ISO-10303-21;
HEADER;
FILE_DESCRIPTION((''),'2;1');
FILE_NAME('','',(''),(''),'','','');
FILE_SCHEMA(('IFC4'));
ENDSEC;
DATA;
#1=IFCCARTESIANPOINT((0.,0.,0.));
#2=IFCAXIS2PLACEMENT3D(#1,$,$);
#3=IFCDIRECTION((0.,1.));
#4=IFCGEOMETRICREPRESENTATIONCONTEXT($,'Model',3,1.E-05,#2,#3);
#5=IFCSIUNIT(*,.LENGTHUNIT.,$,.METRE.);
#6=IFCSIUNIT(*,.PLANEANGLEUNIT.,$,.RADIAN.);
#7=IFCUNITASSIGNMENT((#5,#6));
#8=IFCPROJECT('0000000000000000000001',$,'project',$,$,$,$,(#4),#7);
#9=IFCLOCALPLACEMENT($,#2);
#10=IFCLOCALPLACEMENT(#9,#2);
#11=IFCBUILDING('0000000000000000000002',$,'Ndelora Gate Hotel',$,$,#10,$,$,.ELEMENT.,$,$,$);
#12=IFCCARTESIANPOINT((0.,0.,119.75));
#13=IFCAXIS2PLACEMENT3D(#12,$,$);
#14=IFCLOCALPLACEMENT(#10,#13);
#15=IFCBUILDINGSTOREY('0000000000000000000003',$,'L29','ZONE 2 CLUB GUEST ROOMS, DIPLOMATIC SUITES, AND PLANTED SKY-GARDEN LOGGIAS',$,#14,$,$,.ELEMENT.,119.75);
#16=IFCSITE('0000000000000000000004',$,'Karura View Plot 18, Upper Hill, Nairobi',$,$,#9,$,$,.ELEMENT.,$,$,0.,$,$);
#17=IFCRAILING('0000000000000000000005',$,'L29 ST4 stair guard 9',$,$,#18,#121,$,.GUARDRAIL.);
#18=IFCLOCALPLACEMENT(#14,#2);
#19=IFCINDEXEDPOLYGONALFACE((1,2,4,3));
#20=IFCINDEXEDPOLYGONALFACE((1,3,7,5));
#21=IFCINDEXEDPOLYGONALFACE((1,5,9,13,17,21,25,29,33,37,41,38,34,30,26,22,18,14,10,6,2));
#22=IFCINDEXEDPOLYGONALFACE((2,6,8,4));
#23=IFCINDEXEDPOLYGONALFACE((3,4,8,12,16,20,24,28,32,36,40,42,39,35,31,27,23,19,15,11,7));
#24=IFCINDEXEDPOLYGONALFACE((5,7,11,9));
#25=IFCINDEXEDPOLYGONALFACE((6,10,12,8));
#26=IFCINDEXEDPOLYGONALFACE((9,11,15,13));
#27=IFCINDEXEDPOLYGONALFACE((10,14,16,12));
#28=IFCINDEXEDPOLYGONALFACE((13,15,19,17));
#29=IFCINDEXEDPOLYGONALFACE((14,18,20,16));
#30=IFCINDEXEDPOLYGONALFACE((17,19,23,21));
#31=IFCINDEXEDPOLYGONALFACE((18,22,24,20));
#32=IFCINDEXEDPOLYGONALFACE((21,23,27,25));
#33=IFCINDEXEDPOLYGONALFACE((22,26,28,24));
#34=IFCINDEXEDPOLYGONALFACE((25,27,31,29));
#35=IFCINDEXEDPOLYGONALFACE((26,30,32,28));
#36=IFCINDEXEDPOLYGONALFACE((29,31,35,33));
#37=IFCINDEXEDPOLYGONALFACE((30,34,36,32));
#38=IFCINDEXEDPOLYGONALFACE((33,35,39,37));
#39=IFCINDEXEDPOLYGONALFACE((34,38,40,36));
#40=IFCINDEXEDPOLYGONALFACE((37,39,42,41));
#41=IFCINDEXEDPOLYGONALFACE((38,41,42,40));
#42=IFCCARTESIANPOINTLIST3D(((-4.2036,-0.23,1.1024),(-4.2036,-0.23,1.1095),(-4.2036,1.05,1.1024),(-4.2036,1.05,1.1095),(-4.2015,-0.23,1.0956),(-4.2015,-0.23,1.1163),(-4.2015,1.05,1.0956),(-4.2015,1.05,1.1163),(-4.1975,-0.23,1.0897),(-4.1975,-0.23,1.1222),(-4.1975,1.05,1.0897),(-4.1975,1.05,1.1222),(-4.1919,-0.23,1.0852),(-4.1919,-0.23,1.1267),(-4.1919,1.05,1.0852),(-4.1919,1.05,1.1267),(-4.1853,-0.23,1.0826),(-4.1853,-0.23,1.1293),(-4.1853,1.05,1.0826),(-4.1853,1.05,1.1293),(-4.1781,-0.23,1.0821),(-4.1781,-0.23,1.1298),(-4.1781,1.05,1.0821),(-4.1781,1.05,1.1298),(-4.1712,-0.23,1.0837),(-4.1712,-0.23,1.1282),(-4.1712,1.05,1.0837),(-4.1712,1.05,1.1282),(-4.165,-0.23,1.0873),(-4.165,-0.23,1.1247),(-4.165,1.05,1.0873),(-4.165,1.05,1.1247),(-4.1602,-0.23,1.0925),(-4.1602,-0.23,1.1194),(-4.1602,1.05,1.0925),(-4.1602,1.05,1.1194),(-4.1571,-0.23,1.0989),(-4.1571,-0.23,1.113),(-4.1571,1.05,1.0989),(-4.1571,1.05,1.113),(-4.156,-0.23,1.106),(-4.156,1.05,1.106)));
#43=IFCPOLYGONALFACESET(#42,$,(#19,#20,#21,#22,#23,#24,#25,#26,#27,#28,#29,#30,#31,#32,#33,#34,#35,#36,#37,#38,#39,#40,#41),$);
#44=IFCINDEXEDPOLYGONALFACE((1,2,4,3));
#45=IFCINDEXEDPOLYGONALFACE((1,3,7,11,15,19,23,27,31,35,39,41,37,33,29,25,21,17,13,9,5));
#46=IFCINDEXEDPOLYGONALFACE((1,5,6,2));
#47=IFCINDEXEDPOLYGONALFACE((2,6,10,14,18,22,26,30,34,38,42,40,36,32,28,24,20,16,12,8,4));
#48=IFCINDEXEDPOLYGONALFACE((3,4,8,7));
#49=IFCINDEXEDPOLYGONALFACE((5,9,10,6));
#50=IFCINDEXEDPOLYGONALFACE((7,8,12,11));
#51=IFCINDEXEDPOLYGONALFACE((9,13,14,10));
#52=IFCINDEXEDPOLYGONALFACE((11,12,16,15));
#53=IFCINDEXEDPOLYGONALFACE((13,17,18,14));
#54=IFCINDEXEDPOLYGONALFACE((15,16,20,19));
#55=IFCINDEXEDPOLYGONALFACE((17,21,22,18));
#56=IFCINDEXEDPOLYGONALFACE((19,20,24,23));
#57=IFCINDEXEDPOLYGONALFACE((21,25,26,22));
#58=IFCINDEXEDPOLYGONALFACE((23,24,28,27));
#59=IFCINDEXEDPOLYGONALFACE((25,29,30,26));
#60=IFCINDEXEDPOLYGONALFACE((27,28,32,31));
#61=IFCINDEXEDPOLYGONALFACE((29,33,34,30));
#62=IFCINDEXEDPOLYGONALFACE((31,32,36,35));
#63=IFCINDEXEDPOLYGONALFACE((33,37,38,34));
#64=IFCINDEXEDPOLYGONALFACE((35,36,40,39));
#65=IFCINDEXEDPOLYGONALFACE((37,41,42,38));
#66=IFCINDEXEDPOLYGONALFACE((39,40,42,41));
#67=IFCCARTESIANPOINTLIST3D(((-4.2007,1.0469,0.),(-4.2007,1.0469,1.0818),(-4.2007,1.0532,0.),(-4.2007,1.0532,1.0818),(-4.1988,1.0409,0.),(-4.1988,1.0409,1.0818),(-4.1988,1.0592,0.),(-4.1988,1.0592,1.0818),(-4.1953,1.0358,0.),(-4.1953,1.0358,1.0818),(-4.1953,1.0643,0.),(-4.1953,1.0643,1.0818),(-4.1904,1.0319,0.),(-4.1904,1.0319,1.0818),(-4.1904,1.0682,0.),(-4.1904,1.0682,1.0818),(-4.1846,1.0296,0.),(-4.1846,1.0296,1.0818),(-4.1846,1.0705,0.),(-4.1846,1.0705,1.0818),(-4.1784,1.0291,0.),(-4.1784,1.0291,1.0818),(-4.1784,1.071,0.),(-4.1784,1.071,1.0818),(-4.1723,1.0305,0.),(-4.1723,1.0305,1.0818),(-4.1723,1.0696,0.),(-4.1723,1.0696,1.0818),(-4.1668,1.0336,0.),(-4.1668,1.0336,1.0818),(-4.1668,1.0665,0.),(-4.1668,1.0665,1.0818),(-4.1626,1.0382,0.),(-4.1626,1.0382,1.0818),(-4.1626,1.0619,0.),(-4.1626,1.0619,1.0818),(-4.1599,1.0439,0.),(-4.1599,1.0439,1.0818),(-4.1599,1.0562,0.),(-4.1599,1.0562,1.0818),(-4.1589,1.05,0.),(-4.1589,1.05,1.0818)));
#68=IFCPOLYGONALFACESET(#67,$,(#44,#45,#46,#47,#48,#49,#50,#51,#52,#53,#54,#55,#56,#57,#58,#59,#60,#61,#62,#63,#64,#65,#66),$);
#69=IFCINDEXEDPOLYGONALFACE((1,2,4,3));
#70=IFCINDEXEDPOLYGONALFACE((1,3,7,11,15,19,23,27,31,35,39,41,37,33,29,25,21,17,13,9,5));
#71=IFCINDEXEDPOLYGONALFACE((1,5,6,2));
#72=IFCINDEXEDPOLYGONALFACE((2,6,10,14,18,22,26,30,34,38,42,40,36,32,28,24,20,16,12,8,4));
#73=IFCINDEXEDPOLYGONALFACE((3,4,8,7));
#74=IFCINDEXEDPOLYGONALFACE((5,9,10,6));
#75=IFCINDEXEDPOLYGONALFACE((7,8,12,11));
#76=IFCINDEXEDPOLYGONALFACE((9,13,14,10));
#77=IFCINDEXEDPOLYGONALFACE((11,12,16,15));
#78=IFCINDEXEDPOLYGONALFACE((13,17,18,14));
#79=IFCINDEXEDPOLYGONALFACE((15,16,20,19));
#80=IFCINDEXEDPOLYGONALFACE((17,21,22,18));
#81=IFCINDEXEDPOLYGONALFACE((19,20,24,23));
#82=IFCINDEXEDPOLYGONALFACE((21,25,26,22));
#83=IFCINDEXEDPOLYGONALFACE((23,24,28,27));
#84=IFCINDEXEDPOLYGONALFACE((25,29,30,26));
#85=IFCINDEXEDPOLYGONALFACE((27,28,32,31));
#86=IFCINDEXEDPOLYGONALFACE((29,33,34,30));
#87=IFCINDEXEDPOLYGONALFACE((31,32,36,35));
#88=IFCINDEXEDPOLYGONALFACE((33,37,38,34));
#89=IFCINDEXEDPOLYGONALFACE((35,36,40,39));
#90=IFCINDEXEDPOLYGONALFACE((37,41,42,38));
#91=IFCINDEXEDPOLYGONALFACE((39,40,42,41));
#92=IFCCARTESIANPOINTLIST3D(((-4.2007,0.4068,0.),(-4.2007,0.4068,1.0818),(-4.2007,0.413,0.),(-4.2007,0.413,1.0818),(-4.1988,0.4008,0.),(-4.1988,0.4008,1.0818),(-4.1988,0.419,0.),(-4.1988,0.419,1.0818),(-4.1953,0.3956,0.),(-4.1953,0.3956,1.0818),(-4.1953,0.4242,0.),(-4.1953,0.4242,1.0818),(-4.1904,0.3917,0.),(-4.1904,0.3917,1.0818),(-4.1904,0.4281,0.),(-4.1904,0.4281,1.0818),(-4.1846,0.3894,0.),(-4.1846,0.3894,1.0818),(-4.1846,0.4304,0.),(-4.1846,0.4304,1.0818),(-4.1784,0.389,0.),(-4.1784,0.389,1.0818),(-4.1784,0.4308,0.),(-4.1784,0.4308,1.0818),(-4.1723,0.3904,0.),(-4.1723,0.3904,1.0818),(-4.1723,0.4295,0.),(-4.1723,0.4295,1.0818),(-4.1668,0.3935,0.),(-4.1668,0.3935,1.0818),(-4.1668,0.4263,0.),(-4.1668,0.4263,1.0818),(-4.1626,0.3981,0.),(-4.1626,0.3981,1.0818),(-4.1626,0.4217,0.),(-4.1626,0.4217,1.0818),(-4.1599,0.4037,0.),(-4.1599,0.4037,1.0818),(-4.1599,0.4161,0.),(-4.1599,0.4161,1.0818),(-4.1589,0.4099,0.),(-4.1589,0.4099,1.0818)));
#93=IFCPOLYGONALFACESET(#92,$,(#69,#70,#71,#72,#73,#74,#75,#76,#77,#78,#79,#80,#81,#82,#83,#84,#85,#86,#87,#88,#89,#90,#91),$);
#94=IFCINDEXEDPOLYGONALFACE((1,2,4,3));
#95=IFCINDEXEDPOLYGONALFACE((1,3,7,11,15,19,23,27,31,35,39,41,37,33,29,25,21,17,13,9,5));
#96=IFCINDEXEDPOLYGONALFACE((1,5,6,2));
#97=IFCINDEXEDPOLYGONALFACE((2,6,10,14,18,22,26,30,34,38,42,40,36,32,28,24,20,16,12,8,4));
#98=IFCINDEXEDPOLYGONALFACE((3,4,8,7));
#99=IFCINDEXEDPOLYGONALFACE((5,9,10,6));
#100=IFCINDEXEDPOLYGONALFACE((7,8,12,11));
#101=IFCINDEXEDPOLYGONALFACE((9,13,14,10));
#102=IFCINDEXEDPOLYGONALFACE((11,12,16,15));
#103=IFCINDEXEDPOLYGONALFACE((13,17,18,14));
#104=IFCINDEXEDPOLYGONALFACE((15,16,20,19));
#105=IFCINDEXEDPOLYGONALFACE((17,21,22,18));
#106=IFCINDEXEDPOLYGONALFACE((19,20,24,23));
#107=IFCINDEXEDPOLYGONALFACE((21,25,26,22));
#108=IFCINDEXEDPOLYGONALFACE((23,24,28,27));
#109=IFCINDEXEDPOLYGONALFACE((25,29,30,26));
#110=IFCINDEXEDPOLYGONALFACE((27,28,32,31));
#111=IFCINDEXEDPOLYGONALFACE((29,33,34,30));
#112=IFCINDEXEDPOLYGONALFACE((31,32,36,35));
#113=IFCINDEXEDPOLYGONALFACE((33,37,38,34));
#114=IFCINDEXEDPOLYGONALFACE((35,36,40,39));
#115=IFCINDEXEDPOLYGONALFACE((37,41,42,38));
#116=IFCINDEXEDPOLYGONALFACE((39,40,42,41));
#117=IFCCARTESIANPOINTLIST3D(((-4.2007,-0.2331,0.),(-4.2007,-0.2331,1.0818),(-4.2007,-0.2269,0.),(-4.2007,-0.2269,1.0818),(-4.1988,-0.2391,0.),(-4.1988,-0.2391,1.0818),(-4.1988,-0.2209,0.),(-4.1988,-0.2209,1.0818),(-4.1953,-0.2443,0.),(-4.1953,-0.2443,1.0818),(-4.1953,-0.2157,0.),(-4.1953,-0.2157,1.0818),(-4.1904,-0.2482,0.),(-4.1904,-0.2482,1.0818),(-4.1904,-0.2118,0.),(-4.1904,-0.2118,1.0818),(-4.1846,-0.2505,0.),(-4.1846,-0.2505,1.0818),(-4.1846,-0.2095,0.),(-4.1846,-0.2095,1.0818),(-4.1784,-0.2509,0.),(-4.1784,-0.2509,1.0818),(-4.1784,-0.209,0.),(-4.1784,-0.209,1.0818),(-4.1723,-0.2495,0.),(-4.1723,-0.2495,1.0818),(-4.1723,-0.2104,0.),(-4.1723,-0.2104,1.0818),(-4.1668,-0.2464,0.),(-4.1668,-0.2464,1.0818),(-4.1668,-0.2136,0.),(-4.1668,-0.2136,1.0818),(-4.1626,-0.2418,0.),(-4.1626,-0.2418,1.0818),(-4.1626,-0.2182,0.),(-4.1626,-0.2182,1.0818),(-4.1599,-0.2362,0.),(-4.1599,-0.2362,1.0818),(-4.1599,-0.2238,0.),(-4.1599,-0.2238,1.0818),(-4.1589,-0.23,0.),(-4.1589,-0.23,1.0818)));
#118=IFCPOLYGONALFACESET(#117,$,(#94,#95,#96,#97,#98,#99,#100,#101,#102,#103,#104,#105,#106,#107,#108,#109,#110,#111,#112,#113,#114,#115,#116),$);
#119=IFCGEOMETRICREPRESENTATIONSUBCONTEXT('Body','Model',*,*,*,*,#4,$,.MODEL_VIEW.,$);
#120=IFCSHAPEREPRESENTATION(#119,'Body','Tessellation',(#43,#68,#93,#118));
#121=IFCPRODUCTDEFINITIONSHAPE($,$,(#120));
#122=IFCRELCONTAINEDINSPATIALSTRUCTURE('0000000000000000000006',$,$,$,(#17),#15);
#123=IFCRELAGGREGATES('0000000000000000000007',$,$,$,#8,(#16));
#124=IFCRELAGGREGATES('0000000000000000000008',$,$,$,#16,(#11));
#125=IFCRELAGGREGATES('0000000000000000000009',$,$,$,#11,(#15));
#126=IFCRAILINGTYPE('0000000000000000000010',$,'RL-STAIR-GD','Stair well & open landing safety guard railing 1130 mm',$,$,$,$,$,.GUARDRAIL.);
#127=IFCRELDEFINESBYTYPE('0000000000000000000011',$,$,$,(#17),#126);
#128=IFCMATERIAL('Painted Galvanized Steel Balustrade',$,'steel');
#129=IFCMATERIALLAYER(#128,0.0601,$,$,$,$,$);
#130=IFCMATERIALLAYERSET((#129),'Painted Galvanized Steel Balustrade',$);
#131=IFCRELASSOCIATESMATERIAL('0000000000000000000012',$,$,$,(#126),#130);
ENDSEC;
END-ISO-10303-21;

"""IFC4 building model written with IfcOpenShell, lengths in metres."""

from ifc_helpers import new_model, si_unit, direction, frame, origin, origin_2d, place, context, subcontext, project, spatial, circle, extrude, material, layer, layer_set, type_object, element, save


model = new_model("IFC4")

# Units and contexts
model_context = context("Model", 3, precision=1e-05, world=origin(), true_north=direction((0.0, 1.0)))
body_context = subcontext(model_context, "Body", "Model", "MODEL_VIEW")
ifc_project = project(units=[si_unit("LENGTHUNIT", "METRE"), si_unit("PLANEANGLEUNIT", "RADIAN")], contexts=[model_context])

# Site, building, storey
site_placement = place(None, origin())
site = spatial("IfcSite", under=ifc_project, at=site_placement, Name="Karura View Plot 18, Upper Hill, Nairobi", CompositionType="ELEMENT", RefElevation=0.0)
building_placement = place(site_placement, origin())
building = spatial("IfcBuilding", under=site, at=building_placement, Name="Ndelora Gate Hotel", CompositionType="ELEMENT")
storey_placement = place(building_placement, frame((0.0, 0.0, 119.75)))
storey = spatial("IfcBuildingStorey", under=building, at=storey_placement, Name="L29", Description="ZONE 2 CLUB GUEST ROOMS, DIPLOMATIC SUITES, AND PLANTED SKY-GARDEN LOGGIAS", CompositionType="ELEMENT", Elevation=119.75)

# Railing
ifc_material_1 = material(Name="Painted Galvanized Steel Balustrade", Category="steel")
ifc_layer_1 = layer(ifc_material_1, 0.0601)
ifc_layer_set_1 = layer_set([ifc_layer_1], Name="Painted Galvanized Steel Balustrade")
railing_type = type_object("IfcRailingType", Name="RL-STAIR-GD", Description="Stair well & open landing safety guard railing 1130 mm", PredefinedType="GUARDRAIL", material=ifc_layer_set_1)
for number, where, name in (
    (1, (-4.1799, 1.05, 0.0), "L29 ST4 stair guard 9"),
):
    element("IfcRailing", number, at=place(storey_placement, frame(where)), inside=storey, type_object=railing_type, Name=name, PredefinedType="GUARDRAIL", context=body_context, shape_type="SweptSolid", body=[
        extrude(circle(Radius=0.0239, at=origin_2d()), frame((0.0, 0.0, 1.106), z_axis=(0.0, -1.0, 0.0), x_axis=(1.0, 0.0, 0.0)), (0.0, 0.0, 1.0), 1.28),
        extrude(circle(Radius=0.021, at=origin_2d()), origin(), (0.0, 0.0, 1.0), 1.0818),
        extrude(circle(Radius=0.021, at=origin_2d()), frame((0.0, -0.6401, 0.0)), (0.0, 0.0, 1.0), 1.0818),
        extrude(circle(Radius=0.021, at=origin_2d()), frame((0.0, -1.28, 0.0)), (0.0, 0.0, 1.0), 1.0818),
    ])

save(model, "model.ifc")
